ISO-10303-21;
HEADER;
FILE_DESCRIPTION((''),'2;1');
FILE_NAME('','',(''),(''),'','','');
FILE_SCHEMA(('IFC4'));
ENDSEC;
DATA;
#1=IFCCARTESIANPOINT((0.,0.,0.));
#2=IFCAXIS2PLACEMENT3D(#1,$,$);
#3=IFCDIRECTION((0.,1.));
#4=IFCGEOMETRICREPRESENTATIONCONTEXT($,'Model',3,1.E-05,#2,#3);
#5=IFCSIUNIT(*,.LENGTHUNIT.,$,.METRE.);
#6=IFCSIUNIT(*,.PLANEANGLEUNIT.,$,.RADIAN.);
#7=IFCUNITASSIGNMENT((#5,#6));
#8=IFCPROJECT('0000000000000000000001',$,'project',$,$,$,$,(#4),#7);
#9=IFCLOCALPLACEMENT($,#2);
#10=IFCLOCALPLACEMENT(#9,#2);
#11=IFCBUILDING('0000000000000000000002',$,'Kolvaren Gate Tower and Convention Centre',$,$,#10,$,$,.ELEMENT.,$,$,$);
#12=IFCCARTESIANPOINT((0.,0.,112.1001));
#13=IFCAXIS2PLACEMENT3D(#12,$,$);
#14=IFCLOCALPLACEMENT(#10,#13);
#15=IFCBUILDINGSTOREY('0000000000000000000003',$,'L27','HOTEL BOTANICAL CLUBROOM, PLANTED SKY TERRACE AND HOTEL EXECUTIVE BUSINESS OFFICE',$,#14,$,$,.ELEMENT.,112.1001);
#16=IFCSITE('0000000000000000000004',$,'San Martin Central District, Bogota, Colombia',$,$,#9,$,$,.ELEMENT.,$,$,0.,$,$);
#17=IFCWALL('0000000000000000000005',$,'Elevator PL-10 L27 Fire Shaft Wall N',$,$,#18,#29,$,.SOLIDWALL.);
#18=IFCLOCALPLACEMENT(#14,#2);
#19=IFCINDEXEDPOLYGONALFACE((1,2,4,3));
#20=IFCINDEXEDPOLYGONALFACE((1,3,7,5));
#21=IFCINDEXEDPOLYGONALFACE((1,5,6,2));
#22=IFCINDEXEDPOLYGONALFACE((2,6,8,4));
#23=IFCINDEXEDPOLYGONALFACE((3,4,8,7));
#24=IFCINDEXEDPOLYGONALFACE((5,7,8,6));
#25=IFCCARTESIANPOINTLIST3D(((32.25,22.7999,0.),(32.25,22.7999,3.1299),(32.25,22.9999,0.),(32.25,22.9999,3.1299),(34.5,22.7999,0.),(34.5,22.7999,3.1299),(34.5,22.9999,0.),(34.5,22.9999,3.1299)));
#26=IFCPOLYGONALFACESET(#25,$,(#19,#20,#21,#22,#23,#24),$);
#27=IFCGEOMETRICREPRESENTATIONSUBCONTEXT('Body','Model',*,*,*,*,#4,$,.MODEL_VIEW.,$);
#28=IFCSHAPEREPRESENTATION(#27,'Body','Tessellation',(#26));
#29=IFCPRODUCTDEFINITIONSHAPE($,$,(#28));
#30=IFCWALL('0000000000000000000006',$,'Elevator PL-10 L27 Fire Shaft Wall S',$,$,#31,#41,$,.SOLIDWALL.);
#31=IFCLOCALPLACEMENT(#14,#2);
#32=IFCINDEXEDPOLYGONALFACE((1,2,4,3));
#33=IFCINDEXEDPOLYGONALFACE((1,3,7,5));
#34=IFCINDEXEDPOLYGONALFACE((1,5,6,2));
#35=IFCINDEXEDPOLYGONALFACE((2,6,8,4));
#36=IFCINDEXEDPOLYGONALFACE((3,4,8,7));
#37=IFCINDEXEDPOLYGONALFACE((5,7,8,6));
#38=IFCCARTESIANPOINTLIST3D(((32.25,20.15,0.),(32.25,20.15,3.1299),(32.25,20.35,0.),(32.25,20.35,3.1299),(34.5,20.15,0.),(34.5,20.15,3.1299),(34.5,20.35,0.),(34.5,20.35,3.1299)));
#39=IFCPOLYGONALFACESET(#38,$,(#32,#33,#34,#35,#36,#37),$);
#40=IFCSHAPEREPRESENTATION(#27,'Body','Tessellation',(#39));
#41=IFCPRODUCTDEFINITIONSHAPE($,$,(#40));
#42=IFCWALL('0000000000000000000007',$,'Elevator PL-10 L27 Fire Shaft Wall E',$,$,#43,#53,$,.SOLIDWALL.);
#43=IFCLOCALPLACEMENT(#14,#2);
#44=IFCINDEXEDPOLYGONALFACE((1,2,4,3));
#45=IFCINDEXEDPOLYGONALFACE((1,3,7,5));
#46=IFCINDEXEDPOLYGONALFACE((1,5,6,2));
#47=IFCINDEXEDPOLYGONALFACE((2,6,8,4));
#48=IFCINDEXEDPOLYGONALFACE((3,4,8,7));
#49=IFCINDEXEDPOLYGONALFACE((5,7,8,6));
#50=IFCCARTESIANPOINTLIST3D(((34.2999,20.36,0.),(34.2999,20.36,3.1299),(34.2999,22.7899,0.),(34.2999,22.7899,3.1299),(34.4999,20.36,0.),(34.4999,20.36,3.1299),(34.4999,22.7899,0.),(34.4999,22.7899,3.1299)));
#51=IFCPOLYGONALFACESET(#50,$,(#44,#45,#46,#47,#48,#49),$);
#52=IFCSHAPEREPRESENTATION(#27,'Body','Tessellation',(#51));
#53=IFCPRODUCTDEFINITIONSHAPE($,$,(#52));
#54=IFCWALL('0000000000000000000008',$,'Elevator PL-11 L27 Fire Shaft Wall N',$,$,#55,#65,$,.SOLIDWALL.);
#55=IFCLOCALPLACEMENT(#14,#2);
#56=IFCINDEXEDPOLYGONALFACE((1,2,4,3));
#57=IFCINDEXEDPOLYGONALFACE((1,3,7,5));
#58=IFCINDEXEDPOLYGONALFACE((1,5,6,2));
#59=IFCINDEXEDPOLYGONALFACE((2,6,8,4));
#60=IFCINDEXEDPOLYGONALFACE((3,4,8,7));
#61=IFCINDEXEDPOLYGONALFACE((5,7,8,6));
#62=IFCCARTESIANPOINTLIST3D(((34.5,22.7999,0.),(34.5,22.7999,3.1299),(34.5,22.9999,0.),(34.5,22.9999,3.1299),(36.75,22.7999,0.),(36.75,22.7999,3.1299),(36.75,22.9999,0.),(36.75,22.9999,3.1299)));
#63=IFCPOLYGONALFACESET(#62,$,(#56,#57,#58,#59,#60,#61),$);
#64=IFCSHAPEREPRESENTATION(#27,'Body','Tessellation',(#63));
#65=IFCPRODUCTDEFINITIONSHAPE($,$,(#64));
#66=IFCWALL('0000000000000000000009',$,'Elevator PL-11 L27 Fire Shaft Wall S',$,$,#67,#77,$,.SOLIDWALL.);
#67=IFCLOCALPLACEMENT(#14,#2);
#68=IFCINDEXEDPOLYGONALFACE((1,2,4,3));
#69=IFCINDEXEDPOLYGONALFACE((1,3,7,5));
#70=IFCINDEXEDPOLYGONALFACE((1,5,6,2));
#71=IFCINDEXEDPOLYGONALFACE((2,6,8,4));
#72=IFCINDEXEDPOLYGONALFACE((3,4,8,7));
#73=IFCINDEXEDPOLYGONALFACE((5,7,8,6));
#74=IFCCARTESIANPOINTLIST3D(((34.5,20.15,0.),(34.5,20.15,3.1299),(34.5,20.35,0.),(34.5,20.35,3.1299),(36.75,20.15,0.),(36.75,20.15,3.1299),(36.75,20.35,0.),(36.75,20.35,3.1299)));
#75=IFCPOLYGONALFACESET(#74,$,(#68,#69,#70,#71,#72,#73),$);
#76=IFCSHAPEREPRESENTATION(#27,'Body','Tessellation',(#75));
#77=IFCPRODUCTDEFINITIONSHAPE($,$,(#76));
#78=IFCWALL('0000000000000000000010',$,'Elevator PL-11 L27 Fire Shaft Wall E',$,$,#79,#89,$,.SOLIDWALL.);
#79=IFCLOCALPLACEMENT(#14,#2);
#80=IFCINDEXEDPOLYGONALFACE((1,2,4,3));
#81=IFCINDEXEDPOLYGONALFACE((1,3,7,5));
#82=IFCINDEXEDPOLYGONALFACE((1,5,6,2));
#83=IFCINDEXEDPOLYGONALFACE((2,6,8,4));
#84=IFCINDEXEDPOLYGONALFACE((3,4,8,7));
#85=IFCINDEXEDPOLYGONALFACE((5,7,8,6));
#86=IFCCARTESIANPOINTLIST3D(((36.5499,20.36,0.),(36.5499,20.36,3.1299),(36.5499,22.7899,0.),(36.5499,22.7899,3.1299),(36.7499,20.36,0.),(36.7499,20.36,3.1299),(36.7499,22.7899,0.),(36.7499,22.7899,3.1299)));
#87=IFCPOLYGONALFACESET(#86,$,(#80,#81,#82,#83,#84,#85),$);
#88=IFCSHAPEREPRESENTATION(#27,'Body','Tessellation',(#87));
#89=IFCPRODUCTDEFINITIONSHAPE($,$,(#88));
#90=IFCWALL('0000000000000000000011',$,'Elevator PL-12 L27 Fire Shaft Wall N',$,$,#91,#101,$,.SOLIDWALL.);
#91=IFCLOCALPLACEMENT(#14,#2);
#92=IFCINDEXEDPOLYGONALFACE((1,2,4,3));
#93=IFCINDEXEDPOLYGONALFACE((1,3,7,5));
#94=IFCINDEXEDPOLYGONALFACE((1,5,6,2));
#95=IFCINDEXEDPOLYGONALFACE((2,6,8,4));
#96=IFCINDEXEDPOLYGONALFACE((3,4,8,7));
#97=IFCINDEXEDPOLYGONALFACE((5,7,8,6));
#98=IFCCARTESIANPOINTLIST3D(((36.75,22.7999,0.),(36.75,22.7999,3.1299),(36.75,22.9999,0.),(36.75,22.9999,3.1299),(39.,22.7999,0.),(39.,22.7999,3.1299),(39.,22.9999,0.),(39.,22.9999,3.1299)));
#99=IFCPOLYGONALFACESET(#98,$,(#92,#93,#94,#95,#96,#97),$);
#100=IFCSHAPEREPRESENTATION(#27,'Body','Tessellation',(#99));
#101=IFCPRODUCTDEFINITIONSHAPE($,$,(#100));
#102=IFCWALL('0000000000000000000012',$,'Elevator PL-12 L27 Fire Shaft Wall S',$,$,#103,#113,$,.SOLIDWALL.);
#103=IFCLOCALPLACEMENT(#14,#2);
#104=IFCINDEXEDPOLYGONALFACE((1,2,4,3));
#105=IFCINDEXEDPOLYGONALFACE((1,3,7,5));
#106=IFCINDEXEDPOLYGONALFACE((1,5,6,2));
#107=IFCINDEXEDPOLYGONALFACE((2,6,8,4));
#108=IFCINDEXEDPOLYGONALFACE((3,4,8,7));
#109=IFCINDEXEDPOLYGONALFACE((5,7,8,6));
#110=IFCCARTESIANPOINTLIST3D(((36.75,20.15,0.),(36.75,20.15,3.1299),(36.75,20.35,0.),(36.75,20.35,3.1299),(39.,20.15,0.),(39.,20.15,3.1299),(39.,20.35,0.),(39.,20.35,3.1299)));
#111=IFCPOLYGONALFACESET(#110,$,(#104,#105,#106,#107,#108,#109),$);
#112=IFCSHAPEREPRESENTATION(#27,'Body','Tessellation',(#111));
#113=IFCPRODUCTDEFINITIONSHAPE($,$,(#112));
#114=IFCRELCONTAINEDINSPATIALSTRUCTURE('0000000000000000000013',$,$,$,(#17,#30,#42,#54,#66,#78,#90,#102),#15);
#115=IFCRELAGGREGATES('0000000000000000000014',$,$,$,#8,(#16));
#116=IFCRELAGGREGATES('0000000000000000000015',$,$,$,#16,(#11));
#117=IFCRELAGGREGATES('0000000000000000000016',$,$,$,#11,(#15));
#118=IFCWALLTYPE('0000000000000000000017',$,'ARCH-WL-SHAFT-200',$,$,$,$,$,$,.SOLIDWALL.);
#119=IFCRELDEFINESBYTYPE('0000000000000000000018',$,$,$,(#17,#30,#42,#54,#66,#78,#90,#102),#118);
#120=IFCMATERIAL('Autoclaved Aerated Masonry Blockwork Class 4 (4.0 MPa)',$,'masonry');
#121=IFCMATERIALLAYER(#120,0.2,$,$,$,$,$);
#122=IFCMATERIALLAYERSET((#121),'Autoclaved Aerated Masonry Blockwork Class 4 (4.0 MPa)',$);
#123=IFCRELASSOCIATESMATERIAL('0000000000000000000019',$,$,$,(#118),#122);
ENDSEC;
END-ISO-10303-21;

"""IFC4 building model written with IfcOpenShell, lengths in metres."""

from ifc_helpers import new_model, si_unit, direction, frame, frame_2d, origin, place, context, subcontext, project, spatial, rectangle, extrude, material, layer, layer_set, type_object, element, save


model = new_model("IFC4")

# Units and contexts
model_context = context("Model", 3, precision=1e-05, world=origin(), true_north=direction((0.0, 1.0)))
body_context = subcontext(model_context, "Body", "Model", "MODEL_VIEW")
ifc_project = project(units=[si_unit("LENGTHUNIT", "METRE"), si_unit("PLANEANGLEUNIT", "RADIAN")], contexts=[model_context])

# Site, building, storey
site_placement = place(None, origin())
site = spatial("IfcSite", under=ifc_project, at=site_placement, Name="San Martin Central District, Bogota, Colombia", CompositionType="ELEMENT", RefElevation=0.0)
building_placement = place(site_placement, origin())
building = spatial("IfcBuilding", under=site, at=building_placement, Name="Kolvaren Gate Tower and Convention Centre", CompositionType="ELEMENT")
storey_placement = place(building_placement, frame((0.0, 0.0, 112.1001)))
storey = spatial("IfcBuildingStorey", under=building, at=storey_placement, Name="L27", Description="HOTEL BOTANICAL CLUBROOM, PLANTED SKY TERRACE AND HOTEL EXECUTIVE BUSINESS OFFICE", CompositionType="ELEMENT", Elevation=112.1001)

# Shared definitions
ifc_material_1 = material(Name="Autoclaved Aerated Masonry Blockwork Class 4 (4.0 MPa)", Category="masonry")
ifc_layer = layer(ifc_material_1, 0.2)
ifc_layer_set = layer_set([ifc_layer], Name="Autoclaved Aerated Masonry Blockwork Class 4 (4.0 MPa)")
wall_type = type_object("IfcWallType", Name="ARCH-WL-SHAFT-200", PredefinedType="SOLIDWALL", material=ifc_layer_set)

# Walls
for number, where, z_axis, x_axis, name in (
    (1, (32.25, 22.8999, 0.0), (0.0, 0.0, 1.0), (1.0, 0.0, 0.0), "Elevator PL-10 L27 Fire Shaft Wall N"),
    (2, (32.25, 20.25, 0.0), (0.0, 0.0, 1.0), (1.0, 0.0, 0.0), "Elevator PL-10 L27 Fire Shaft Wall S"),
):
    element("IfcWall", number, at=place(storey_placement, frame(where, z_axis=z_axis, x_axis=x_axis)), inside=storey, type_object=wall_type, Name=name, PredefinedType="SOLIDWALL", context=body_context, shape_type="SweptSolid", body=[
        extrude(rectangle(XDim=2.25, YDim=0.2, at=frame_2d((1.125, 0.0))), origin(), (0.0, 0.0, 1.0), 3.1299),
    ])
wall_1_placement = place(storey_placement, frame((34.3999, 20.3601, 0.0), z_axis=(0.0, 0.0, 1.0), x_axis=(0.0, 1.0, 0.0)))
element("IfcWall", 3, at=wall_1_placement, inside=storey, type_object=wall_type, Name="Elevator PL-10 L27 Fire Shaft Wall E", PredefinedType="SOLIDWALL", context=body_context, shape_type="SweptSolid", body=[
    extrude(rectangle(XDim=2.4299, YDim=0.2, at=frame_2d((1.2148, 0.0))), origin(), (0.0, 0.0, 1.0), 3.1299),
])
for number, where, z_axis, x_axis, name in (
    (4, (34.5, 22.8999, 0.0), (0.0, 0.0, 1.0), (1.0, 0.0, 0.0), "Elevator PL-11 L27 Fire Shaft Wall N"),
    (5, (34.5, 20.25, 0.0), (0.0, 0.0, 1.0), (1.0, 0.0, 0.0), "Elevator PL-11 L27 Fire Shaft Wall S"),
):
    element("IfcWall", number, at=place(storey_placement, frame(where, z_axis=z_axis, x_axis=x_axis)), inside=storey, type_object=wall_type, Name=name, PredefinedType="SOLIDWALL", context=body_context, shape_type="SweptSolid", body=[
        extrude(rectangle(XDim=2.25, YDim=0.2, at=frame_2d((1.125, 0.0))), origin(), (0.0, 0.0, 1.0), 3.1299),
    ])
wall_2_placement = place(storey_placement, frame((36.6499, 20.3601, 0.0), z_axis=(0.0, 0.0, 1.0), x_axis=(0.0, 1.0, 0.0)))
element("IfcWall", 6, at=wall_2_placement, inside=storey, type_object=wall_type, Name="Elevator PL-11 L27 Fire Shaft Wall E", PredefinedType="SOLIDWALL", context=body_context, shape_type="SweptSolid", body=[
    extrude(rectangle(XDim=2.4299, YDim=0.2, at=frame_2d((1.2148, 0.0))), origin(), (0.0, 0.0, 1.0), 3.1299),
])
for number, where, z_axis, x_axis, name in (
    (7, (36.75, 22.8999, 0.0), (0.0, 0.0, 1.0), (1.0, 0.0, 0.0), "Elevator PL-12 L27 Fire Shaft Wall N"),
    (8, (36.75, 20.25, 0.0), (0.0, 0.0, 1.0), (1.0, 0.0, 0.0), "Elevator PL-12 L27 Fire Shaft Wall S"),
):
    element("IfcWall", number, at=place(storey_placement, frame(where, z_axis=z_axis, x_axis=x_axis)), inside=storey, type_object=wall_type, Name=name, PredefinedType="SOLIDWALL", context=body_context, shape_type="SweptSolid", body=[
        extrude(rectangle(XDim=2.25, YDim=0.2, at=frame_2d((1.125, 0.0))), origin(), (0.0, 0.0, 1.0), 3.1299),
    ])

save(model, "model.ifc")
